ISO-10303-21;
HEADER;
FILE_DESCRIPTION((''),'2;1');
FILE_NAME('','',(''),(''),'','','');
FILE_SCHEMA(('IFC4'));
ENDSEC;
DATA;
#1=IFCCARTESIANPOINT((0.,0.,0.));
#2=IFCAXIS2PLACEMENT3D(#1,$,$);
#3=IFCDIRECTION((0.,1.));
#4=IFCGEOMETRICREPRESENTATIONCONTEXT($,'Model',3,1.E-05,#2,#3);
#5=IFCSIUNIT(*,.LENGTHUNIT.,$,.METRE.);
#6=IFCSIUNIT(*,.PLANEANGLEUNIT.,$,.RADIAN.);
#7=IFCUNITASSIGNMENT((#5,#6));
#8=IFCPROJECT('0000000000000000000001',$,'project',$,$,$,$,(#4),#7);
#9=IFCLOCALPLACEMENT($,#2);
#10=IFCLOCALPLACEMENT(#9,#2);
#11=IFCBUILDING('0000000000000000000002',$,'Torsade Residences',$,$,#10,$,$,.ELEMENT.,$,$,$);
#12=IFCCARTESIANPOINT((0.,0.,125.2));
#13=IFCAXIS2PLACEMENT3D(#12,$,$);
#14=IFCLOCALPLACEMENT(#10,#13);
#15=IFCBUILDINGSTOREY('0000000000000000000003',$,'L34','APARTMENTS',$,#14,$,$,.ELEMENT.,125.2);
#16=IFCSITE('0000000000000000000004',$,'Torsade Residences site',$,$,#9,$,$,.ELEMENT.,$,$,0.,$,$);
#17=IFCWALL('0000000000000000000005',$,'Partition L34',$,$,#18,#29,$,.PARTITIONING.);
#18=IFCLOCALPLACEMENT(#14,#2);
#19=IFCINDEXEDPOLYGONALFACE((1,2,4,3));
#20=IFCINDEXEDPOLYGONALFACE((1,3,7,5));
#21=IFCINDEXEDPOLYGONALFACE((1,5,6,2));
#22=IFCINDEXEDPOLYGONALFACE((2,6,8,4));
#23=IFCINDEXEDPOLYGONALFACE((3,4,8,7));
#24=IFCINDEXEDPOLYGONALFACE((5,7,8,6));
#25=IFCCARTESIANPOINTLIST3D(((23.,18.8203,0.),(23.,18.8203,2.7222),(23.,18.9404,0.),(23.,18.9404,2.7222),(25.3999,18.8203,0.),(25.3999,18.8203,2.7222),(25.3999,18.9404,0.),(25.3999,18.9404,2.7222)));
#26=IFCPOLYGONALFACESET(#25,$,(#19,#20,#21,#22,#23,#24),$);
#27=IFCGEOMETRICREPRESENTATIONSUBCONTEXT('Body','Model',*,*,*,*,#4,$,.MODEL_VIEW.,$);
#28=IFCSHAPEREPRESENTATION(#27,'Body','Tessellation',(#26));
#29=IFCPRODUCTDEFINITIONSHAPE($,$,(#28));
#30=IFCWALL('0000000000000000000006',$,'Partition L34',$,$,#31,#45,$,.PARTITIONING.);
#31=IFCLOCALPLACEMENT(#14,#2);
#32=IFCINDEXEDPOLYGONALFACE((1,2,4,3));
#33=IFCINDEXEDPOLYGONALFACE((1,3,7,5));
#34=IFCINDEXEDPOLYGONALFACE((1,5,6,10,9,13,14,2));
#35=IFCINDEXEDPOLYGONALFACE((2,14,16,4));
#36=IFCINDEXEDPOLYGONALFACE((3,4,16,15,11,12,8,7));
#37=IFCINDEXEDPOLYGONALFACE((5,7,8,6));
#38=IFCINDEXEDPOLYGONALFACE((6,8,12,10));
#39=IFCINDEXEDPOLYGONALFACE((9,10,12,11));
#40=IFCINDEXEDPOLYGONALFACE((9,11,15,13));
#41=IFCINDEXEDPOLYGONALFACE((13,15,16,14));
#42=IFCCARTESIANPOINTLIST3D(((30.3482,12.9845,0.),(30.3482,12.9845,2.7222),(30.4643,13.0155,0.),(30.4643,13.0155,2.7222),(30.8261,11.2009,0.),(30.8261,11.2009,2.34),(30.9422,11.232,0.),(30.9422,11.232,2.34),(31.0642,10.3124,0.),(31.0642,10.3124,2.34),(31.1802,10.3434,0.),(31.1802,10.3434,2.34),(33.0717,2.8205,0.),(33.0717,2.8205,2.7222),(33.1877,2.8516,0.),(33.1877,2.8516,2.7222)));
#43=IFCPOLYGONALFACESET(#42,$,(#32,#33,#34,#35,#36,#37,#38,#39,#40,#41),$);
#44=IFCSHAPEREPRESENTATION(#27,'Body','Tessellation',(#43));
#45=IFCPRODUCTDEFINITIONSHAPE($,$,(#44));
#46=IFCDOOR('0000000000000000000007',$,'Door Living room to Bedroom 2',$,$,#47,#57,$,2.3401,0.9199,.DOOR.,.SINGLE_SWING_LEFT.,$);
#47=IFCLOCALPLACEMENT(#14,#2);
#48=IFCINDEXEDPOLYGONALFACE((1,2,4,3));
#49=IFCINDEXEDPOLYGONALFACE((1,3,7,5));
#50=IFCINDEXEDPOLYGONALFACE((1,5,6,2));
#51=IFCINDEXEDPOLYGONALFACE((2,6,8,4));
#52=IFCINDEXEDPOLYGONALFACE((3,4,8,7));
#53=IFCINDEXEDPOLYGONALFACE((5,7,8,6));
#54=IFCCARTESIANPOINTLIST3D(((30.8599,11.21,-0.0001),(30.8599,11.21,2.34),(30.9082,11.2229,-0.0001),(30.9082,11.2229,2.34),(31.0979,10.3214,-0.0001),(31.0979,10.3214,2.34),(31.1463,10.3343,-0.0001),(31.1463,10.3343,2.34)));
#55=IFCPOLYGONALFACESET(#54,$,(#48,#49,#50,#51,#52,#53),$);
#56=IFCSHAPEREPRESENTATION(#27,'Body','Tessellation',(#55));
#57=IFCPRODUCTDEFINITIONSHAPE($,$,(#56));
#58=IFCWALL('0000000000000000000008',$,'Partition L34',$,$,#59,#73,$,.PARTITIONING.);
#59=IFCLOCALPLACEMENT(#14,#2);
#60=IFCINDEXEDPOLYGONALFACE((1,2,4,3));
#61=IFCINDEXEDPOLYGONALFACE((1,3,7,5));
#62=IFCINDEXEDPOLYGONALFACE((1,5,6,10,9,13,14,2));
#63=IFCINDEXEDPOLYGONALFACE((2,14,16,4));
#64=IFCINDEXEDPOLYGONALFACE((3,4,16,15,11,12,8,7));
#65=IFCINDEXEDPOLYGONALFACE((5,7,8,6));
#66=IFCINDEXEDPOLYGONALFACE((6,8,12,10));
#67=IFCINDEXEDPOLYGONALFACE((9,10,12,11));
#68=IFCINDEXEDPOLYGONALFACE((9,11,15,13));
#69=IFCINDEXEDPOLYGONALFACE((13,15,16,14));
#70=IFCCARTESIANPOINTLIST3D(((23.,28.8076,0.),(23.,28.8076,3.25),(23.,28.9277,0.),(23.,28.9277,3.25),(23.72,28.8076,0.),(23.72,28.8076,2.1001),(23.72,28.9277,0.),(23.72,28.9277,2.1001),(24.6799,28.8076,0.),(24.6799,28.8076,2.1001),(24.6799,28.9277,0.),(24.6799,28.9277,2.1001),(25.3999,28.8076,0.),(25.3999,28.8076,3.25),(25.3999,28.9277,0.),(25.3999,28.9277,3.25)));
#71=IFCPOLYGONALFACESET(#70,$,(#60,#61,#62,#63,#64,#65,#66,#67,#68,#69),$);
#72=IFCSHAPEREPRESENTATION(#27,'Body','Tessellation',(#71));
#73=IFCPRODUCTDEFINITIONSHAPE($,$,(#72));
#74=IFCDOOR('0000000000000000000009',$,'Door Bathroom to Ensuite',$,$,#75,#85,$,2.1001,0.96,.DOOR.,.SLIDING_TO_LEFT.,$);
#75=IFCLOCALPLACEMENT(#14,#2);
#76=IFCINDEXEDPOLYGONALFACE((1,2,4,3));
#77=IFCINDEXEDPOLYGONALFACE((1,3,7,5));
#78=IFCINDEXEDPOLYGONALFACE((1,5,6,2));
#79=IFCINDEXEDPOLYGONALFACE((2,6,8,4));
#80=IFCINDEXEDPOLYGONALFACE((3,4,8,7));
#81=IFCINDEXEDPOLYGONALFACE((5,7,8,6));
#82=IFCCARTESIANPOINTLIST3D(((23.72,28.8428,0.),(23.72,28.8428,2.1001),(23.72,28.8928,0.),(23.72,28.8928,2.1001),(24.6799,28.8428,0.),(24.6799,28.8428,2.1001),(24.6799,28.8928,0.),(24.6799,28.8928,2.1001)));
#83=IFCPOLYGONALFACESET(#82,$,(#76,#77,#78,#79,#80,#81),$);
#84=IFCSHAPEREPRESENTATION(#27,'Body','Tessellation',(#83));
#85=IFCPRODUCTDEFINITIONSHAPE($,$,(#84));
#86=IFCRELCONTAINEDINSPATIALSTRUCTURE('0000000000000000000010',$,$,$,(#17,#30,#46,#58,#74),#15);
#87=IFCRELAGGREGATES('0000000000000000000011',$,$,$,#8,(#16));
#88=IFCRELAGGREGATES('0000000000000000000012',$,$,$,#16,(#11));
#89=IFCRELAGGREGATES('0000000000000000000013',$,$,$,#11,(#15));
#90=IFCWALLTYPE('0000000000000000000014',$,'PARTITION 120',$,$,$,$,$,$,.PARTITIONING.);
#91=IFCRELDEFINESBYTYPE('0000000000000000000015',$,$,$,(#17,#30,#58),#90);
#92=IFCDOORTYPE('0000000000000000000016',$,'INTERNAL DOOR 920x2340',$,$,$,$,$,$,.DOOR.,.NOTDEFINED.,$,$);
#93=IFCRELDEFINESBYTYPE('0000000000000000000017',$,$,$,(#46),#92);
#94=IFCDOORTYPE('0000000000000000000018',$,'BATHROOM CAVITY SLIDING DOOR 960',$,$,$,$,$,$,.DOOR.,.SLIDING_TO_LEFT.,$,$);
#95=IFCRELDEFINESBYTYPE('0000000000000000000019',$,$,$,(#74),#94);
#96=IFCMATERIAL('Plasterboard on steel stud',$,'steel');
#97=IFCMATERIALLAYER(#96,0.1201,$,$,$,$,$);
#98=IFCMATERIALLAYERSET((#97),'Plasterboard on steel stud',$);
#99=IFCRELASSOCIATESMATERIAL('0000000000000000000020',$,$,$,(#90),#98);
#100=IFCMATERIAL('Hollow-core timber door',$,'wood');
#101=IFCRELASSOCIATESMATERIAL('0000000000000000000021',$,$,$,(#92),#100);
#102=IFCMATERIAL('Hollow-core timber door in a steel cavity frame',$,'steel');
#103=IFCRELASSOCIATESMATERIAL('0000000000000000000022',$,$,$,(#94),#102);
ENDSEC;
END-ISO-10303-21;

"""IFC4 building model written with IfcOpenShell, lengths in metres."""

from ifc_helpers import new_model, si_unit, direction, frame, frame_2d, origin, place, context, subcontext, project, spatial, rectangle, extrude, material, layer, layer_set, type_object, element, fill, save


model = new_model("IFC4")

# Units and contexts
model_context = context("Model", 3, precision=1e-05, world=origin(), true_north=direction((0.0, 1.0)))
body_context = subcontext(model_context, "Body", "Model", "MODEL_VIEW")
ifc_project = project(units=[si_unit("LENGTHUNIT", "METRE"), si_unit("PLANEANGLEUNIT", "RADIAN")], contexts=[model_context])

# Site, building, storey
site_placement = place(None, origin())
site = spatial("IfcSite", under=ifc_project, at=site_placement, Name="Torsade Residences site", CompositionType="ELEMENT", RefElevation=0.0)
building_placement = place(site_placement, origin())
building = spatial("IfcBuilding", under=site, at=building_placement, Name="Torsade Residences", CompositionType="ELEMENT")
storey_placement = place(building_placement, frame((0.0, 0.0, 125.2)))
storey = spatial("IfcBuildingStorey", under=building, at=storey_placement, Name="L34", Description="APARTMENTS", CompositionType="ELEMENT", Elevation=125.2)

# Shared definitions
ifc_material_1 = material(Name="Plasterboard on steel stud", Category="steel")
ifc_layer_1 = layer(ifc_material_1, 0.1201)
ifc_layer_set_1 = layer_set([ifc_layer_1], Name="Plasterboard on steel stud")
wall_type_1 = type_object("IfcWallType", Name="PARTITION 120", PredefinedType="PARTITIONING", material=ifc_layer_set_1)

# Shared definitions
ifc_material_2 = material(Name="Hollow-core timber door", Category="wood")
door_type_1 = type_object("IfcDoorType", Name="INTERNAL DOOR 920x2340", OperationType="NOTDEFINED", PredefinedType="DOOR", material=ifc_material_2)

# Wall
wall_1_placement = place(storey_placement, frame((25.3999, 18.8804, 0.0), z_axis=(0.0, 0.0, 1.0), x_axis=(-1.0, 0.0, 0.0)))
element("IfcWall", 1, at=wall_1_placement, inside=storey, type_object=wall_type_1, Name="Partition L34", PredefinedType="PARTITIONING", context=body_context, shape_type="SweptSolid", body=[
    extrude(rectangle(XDim=2.3999, YDim=0.1201, at=frame_2d((1.2, 0.0))), origin(), (0.0, 0.0, 1.0), 2.7222),
])

# Walls, openings, doors
wall_2_placement = place(storey_placement, frame((30.4062, 13.0, 0.0), z_axis=(0.0, 0.0, 1.0), x_axis=(0.258819, -0.965926, 0.0)))
wall_2 = element("IfcWall", 2, at=wall_2_placement, inside=storey, type_object=wall_type_1, Name="Partition L34", PredefinedType="PARTITIONING", context=body_context, shape_type="SweptSolid", body=[
    extrude(rectangle(XDim=10.5225, YDim=0.1201, at=frame_2d((5.2612, 0.0))), origin(), (0.0, 0.0, 1.0), 2.7222),
])
opening_1_placement = place(wall_2_placement, frame((1.8464, 0.0, 0.0)))
opening_1 = element("IfcOpeningElement", 3, at=opening_1_placement, cuts=wall_2, PredefinedType="OPENING", context=body_context, shape_type="SweptSolid", body=[
    extrude(rectangle(XDim=0.9199, YDim=2.3401, at=frame_2d((0.46, 1.1699))), frame((0.0, 0.0701, 0.0), z_axis=(0.0, -1.0, 0.0), x_axis=(1.0, 0.0, 0.0)), (0.0, 0.0, 1.0), 0.1401),
])
door_1_placement = place(opening_1_placement, origin())
door_1 = element("IfcDoor", 4, at=door_1_placement, inside=storey, type_object=door_type_1, Name="Door Living room to Bedroom 2", OperationType="SINGLE_SWING_LEFT", OverallHeight=2.3401, OverallWidth=0.9199, PredefinedType="DOOR", context=body_context, shape_type="SweptSolid", body=[
    extrude(rectangle(XDim=0.9199, YDim=2.3401, at=frame_2d((0.46, 1.1699))), frame((0.0, 0.0249, 0.0), z_axis=(0.0, -1.0, 0.0), x_axis=(1.0, 0.0, 0.0)), (0.0, 0.0, 1.0), 0.05),
])
fill(opening_1, door_1)
wall_3_placement = place(storey_placement, frame((25.3999, 28.8677, 0.0), z_axis=(0.0, 0.0, 1.0), x_axis=(-1.0, 0.0, 0.0)))
wall_3 = element("IfcWall", 5, at=wall_3_placement, inside=storey, type_object=wall_type_1, Name="Partition L34", PredefinedType="PARTITIONING", context=body_context, shape_type="SweptSolid", body=[
    extrude(rectangle(XDim=2.3999, YDim=0.1201, at=frame_2d((1.2, 0.0))), origin(), (0.0, 0.0, 1.0), 3.25),
])
opening_2_placement = place(wall_3_placement, frame((0.72, 0.0, 0.0)))
opening_2 = element("IfcOpeningElement", 6, at=opening_2_placement, cuts=wall_3, PredefinedType="OPENING", context=body_context, shape_type="SweptSolid", body=[
    extrude(rectangle(XDim=0.96, YDim=2.1001, at=frame_2d((0.48, 1.05))), frame((0.0, 0.0701, 0.0), z_axis=(0.0, -1.0, 0.0), x_axis=(1.0, 0.0, 0.0)), (0.0, 0.0, 1.0), 0.1401),
])
ifc_material_3 = material(Name="Hollow-core timber door in a steel cavity frame", Category="steel")
door_type_2 = type_object("IfcDoorType", Name="BATHROOM CAVITY SLIDING DOOR 960", OperationType="SLIDING_TO_LEFT", PredefinedType="DOOR", material=ifc_material_3)
door_2_placement = place(opening_2_placement, origin())
door_2 = element("IfcDoor", 7, at=door_2_placement, inside=storey, type_object=door_type_2, Name="Door Bathroom to Ensuite", OperationType="SLIDING_TO_LEFT", OverallHeight=2.1001, OverallWidth=0.96, PredefinedType="DOOR", context=body_context, shape_type="SweptSolid", body=[
    extrude(rectangle(XDim=0.96, YDim=2.1001, at=frame_2d((0.48, 1.05))), frame((0.0, 0.0249, 0.0), z_axis=(0.0, -1.0, 0.0), x_axis=(1.0, 0.0, 0.0)), (0.0, 0.0, 1.0), 0.05),
])
fill(opening_2, door_2)

save(model, "model.ifc")
